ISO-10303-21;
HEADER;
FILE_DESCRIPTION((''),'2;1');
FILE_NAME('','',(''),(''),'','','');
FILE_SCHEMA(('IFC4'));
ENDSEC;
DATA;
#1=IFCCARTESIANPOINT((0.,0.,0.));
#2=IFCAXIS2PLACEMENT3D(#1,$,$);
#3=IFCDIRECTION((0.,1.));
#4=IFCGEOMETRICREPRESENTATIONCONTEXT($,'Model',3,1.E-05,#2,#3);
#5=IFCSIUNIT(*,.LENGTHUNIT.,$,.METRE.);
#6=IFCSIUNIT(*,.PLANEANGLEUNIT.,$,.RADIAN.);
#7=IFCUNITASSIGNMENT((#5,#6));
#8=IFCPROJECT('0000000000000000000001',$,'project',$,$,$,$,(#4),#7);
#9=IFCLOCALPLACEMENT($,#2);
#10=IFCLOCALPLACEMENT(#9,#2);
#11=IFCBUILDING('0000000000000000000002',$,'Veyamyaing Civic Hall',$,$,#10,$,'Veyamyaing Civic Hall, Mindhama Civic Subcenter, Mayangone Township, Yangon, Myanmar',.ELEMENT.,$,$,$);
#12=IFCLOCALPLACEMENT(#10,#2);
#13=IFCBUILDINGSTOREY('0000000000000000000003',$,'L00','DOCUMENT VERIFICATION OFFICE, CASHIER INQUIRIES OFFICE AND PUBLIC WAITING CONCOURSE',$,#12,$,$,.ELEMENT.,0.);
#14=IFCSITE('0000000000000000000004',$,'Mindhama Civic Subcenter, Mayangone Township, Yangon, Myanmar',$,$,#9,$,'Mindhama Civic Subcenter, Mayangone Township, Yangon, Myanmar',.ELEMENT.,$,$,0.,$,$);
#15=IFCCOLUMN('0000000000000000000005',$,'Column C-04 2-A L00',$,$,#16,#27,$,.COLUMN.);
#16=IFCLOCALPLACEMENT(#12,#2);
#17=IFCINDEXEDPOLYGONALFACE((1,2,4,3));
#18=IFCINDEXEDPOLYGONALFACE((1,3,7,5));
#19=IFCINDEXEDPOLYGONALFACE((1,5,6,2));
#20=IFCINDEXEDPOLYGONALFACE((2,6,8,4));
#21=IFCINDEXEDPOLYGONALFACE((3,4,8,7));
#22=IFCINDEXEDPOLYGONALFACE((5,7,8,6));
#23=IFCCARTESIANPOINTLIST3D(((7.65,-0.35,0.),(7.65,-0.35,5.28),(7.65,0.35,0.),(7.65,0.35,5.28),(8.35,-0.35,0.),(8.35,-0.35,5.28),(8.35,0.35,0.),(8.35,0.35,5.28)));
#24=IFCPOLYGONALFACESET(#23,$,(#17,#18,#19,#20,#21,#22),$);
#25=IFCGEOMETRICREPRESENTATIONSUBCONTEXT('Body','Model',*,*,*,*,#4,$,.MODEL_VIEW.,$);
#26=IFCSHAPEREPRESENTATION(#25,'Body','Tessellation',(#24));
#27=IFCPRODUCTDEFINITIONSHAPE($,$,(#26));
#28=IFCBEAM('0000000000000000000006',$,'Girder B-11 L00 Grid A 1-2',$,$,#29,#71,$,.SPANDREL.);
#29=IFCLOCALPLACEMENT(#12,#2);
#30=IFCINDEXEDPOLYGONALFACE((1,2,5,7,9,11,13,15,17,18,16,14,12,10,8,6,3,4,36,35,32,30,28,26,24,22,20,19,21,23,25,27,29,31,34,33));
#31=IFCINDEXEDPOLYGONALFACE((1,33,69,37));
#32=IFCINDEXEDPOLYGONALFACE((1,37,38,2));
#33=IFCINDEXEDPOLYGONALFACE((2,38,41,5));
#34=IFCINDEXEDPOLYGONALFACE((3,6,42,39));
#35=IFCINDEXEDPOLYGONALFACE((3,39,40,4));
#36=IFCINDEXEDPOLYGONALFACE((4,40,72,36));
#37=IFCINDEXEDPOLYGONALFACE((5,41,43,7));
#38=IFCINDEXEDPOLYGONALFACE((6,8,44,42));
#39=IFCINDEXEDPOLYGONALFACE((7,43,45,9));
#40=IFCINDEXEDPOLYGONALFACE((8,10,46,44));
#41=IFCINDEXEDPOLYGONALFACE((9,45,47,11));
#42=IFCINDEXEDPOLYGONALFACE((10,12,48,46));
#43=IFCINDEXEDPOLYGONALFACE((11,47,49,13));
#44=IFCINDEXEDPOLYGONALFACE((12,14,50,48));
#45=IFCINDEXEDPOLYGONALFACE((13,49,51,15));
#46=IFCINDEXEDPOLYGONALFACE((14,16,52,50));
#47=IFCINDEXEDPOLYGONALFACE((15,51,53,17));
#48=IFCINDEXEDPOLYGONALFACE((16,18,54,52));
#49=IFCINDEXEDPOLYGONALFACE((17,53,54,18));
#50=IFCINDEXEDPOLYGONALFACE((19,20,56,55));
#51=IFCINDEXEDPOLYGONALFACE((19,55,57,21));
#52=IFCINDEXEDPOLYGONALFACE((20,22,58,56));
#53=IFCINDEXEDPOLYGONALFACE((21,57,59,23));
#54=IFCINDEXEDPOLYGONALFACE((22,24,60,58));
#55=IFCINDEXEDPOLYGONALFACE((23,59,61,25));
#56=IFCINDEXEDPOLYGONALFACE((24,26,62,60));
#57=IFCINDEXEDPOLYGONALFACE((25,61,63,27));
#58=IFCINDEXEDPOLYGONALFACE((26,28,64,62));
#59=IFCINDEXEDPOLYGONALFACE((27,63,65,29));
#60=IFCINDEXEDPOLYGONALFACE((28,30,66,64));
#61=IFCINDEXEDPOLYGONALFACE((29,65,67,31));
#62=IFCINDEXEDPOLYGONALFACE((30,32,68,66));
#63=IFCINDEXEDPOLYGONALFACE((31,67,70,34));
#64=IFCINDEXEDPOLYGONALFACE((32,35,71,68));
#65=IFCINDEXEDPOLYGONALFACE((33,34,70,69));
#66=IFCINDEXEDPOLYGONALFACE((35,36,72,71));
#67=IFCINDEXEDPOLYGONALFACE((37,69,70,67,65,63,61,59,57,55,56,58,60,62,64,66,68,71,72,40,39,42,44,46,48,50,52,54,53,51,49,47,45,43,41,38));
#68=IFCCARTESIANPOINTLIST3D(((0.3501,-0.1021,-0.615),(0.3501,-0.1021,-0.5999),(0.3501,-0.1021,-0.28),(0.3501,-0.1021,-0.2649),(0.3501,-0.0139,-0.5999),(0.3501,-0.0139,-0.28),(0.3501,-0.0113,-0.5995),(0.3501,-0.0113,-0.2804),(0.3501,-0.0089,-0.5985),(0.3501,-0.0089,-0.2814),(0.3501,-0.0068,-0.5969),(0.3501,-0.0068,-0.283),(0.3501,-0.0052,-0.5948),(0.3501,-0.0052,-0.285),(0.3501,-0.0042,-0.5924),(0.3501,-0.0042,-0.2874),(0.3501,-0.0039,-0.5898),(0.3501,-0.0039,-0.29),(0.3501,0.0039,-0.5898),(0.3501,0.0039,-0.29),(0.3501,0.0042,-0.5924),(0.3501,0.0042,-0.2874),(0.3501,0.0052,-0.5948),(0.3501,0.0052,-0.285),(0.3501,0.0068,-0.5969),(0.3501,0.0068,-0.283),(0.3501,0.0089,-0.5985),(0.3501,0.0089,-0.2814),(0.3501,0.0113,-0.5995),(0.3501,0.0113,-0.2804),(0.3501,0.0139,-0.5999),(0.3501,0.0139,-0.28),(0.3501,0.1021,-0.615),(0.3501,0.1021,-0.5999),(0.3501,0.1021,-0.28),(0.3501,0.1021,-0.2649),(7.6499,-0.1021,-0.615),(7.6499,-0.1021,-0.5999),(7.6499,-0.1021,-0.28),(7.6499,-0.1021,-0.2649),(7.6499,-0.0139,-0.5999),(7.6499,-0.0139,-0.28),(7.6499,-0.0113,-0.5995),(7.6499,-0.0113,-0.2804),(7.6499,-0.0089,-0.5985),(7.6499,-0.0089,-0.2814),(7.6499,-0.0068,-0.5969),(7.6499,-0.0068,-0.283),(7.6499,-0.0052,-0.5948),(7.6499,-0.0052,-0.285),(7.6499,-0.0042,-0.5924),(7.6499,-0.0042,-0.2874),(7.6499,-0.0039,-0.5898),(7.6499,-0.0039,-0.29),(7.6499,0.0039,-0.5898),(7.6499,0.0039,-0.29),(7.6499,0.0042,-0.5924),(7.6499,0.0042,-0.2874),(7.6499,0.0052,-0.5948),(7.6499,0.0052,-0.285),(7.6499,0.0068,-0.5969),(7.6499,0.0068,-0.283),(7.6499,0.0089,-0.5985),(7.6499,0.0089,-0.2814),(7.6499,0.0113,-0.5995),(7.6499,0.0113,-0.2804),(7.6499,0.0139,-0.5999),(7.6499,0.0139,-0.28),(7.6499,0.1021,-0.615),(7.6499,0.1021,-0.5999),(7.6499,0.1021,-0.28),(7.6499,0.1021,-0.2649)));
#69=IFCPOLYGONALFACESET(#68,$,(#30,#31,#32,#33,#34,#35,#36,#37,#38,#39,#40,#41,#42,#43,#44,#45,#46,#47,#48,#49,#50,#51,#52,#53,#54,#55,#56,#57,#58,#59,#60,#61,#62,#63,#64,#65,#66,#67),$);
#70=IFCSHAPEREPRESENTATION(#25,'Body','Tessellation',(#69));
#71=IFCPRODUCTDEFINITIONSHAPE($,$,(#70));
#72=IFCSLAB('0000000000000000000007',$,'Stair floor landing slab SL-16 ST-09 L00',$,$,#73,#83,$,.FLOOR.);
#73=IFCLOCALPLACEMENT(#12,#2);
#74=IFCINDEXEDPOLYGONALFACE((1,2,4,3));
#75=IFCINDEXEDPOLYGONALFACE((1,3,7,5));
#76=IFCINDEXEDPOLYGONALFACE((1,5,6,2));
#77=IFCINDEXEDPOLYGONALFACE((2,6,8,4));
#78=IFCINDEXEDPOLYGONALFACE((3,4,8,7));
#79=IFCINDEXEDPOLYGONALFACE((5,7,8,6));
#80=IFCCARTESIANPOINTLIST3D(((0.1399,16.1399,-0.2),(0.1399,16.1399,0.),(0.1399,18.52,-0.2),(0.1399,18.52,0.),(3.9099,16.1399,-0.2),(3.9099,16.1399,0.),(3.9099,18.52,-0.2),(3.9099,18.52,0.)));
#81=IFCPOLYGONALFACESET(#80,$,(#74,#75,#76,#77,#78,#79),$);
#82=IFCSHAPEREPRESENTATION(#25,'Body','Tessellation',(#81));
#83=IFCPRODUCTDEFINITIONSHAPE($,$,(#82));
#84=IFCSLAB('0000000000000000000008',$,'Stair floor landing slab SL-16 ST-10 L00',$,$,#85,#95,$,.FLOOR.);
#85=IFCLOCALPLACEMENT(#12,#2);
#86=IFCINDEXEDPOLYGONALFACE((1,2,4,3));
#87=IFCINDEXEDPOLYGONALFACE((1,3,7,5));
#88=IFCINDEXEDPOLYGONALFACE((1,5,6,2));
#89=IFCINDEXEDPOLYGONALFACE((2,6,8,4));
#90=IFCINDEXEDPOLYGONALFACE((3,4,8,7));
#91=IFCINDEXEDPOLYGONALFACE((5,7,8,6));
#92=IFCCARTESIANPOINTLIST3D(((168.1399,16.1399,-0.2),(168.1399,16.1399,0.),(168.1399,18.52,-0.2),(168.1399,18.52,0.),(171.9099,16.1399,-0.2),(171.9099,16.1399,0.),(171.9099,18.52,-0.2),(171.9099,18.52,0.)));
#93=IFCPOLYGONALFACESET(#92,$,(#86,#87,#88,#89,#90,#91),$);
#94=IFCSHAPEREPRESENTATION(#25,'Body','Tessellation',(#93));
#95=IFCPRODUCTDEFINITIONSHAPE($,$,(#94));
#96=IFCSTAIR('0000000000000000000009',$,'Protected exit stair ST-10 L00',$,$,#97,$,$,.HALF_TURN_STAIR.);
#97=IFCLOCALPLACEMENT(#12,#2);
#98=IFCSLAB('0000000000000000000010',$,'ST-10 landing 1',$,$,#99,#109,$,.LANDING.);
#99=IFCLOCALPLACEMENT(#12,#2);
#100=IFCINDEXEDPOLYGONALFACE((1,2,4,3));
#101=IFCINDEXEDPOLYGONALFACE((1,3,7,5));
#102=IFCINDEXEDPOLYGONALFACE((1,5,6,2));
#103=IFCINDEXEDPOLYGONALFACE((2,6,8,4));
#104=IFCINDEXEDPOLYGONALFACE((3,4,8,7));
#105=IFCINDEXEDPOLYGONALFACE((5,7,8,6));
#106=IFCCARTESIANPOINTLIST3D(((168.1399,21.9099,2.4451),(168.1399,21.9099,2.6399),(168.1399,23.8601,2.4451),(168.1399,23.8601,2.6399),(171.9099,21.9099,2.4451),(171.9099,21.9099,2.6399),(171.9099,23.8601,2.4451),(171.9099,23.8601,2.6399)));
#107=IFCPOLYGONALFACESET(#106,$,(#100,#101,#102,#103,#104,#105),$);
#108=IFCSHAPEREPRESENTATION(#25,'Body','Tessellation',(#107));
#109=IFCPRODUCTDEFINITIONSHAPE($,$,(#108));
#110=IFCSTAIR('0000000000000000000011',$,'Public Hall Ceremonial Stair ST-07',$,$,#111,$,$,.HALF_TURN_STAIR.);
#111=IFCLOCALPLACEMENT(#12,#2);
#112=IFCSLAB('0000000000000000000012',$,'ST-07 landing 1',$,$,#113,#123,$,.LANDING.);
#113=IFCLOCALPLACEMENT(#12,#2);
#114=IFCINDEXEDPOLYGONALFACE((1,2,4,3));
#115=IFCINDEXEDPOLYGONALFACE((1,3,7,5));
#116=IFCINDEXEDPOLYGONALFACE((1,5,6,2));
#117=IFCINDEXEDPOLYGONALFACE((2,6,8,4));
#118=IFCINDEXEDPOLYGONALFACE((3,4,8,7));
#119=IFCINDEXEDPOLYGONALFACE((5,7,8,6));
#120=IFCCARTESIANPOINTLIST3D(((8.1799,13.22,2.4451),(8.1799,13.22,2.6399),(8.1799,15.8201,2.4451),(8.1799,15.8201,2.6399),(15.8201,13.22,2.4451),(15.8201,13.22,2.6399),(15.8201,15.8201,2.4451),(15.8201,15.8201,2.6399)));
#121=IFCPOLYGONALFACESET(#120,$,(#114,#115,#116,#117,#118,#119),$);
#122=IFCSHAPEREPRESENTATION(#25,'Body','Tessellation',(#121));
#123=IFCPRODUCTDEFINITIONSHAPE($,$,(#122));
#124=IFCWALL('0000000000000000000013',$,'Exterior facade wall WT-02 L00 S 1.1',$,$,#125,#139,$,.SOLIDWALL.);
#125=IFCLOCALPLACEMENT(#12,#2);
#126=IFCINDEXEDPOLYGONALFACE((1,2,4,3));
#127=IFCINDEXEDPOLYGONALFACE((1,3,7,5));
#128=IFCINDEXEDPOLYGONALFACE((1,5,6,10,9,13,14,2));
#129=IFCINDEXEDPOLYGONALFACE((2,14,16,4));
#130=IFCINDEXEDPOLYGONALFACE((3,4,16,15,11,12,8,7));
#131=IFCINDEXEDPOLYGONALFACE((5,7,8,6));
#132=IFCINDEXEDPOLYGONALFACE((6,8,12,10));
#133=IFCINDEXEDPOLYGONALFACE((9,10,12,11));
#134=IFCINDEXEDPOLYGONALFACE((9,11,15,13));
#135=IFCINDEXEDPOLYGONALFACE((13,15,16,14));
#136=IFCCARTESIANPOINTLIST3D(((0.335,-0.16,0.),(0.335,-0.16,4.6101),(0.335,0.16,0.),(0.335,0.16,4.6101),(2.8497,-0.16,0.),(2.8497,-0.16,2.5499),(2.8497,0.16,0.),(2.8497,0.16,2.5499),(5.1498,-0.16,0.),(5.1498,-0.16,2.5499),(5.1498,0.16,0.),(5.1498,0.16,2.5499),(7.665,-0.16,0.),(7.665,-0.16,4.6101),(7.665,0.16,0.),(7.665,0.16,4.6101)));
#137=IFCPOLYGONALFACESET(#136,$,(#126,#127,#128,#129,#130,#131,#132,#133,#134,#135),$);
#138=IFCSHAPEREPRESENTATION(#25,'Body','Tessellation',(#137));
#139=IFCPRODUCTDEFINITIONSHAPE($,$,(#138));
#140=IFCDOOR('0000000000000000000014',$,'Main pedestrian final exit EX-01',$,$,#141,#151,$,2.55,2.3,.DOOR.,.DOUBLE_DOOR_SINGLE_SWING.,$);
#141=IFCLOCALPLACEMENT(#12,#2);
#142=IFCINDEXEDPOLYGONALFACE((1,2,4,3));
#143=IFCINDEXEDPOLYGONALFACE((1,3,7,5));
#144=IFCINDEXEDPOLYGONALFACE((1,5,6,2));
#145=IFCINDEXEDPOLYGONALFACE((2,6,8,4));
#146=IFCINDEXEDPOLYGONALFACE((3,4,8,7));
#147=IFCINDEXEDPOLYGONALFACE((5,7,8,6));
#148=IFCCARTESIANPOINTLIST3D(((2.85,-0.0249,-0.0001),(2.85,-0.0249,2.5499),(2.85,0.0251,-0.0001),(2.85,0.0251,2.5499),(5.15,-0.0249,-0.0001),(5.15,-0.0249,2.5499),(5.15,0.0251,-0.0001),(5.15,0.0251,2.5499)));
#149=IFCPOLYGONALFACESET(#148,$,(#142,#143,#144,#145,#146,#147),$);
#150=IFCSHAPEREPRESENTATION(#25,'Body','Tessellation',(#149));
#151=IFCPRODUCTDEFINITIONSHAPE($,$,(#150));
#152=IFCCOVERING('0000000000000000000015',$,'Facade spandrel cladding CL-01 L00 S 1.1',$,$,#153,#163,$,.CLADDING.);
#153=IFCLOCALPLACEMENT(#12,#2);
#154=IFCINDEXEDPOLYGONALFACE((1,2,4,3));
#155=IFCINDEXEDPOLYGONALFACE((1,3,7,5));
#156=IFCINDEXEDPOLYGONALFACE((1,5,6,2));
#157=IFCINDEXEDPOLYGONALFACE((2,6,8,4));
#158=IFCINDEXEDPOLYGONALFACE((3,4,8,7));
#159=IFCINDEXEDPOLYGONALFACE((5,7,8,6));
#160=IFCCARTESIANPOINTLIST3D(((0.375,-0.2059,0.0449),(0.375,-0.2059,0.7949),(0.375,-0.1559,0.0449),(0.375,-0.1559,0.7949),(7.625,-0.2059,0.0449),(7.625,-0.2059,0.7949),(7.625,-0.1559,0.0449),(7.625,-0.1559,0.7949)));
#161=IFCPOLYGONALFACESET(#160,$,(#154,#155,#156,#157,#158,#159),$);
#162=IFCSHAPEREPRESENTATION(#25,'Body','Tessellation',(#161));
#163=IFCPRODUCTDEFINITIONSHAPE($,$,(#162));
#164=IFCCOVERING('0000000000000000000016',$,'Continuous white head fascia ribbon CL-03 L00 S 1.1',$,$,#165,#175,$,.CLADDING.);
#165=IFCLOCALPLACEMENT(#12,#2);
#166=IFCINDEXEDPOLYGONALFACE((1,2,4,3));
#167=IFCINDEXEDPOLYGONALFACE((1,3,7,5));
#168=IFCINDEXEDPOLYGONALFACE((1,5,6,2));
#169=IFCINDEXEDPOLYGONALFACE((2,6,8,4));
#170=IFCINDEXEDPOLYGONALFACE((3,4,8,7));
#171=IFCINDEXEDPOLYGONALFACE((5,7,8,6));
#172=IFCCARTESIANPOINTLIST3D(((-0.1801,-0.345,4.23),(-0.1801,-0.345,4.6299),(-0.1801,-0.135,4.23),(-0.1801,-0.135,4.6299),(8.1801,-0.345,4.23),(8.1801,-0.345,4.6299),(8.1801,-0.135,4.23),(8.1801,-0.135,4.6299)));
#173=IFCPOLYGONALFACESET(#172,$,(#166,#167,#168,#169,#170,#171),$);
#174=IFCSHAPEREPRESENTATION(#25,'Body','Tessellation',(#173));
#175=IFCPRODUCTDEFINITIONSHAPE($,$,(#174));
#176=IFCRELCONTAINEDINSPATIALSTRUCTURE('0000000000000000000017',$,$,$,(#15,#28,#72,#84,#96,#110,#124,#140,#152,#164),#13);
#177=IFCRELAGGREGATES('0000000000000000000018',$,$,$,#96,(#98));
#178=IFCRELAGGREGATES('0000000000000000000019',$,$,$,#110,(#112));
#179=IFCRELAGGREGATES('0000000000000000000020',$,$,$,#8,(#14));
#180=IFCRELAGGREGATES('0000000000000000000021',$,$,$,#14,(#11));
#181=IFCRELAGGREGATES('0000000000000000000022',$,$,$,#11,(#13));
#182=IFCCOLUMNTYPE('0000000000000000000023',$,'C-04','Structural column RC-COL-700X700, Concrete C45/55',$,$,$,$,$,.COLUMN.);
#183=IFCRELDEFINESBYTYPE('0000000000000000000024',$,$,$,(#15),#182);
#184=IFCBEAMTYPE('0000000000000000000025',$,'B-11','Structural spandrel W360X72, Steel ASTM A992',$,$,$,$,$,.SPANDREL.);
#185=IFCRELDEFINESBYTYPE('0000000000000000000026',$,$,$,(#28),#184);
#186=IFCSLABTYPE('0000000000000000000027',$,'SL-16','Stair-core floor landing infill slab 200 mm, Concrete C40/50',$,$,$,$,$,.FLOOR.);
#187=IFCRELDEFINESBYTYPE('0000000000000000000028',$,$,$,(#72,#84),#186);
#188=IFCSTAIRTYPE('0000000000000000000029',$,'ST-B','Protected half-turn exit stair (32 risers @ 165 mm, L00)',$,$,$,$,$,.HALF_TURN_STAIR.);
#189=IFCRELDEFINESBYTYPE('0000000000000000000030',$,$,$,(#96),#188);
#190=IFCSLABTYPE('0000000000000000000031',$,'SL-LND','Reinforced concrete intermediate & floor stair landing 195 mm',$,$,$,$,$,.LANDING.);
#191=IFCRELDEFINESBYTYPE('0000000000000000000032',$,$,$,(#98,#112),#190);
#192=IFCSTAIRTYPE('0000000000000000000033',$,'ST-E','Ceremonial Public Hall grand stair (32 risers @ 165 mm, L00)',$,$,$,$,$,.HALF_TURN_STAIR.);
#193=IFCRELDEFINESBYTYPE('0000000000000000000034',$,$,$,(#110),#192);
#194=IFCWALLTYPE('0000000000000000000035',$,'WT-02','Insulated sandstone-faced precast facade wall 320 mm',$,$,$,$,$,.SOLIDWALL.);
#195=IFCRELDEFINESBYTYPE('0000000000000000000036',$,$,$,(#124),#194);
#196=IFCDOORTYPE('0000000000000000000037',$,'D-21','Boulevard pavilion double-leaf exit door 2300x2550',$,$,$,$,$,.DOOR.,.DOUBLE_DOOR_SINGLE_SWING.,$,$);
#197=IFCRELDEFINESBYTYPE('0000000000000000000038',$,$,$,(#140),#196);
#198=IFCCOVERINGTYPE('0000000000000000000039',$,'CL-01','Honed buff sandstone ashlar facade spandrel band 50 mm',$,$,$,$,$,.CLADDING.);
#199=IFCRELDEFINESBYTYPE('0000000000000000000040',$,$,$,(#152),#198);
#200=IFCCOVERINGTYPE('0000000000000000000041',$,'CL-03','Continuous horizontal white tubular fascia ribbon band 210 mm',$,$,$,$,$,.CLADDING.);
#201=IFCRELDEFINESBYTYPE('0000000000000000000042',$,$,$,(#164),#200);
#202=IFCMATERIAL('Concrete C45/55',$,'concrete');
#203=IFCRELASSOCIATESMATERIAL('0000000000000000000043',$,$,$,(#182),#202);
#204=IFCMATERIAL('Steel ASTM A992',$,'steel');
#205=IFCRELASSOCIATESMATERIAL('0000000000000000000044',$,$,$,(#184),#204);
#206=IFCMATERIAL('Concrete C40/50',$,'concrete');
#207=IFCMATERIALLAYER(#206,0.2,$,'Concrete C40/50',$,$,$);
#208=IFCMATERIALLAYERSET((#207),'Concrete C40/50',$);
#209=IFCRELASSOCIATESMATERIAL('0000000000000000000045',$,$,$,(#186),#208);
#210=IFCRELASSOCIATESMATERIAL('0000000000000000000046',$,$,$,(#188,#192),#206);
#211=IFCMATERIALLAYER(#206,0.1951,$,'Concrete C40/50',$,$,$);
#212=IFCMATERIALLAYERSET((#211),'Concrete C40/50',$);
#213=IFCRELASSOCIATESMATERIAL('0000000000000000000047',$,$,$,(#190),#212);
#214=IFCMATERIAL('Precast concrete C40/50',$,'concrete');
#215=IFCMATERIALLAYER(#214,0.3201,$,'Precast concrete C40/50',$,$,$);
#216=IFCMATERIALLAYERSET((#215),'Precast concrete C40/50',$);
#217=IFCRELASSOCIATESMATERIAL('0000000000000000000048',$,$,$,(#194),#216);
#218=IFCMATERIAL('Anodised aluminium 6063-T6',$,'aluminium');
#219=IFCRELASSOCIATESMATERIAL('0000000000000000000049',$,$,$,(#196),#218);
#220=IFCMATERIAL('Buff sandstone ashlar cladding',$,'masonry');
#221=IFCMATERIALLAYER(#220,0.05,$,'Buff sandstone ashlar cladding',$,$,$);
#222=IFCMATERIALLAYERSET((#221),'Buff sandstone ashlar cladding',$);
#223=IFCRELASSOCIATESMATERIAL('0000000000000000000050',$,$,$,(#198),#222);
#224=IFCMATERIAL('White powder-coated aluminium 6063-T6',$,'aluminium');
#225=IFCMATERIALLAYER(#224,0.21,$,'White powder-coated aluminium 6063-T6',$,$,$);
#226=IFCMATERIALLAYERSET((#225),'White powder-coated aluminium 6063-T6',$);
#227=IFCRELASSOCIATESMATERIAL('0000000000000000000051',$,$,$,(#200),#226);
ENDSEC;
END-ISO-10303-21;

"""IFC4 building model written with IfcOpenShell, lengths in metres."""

from ifc_helpers import new_model, si_unit, direction, frame, frame_2d, origin, origin_2d, place, context, subcontext, project, spatial, polyline, rectangle, i_section, outline, extrude, material, layer, layer_set, material_profile, profile_set, type_object, element, fill, aggregate, save


model = new_model("IFC4")

# Units and contexts
model_context = context("Model", 3, precision=1e-05, world=origin(), true_north=direction((0.0, 1.0)))
body_context = subcontext(model_context, "Body", "Model", "MODEL_VIEW")
ifc_project = project(units=[si_unit("LENGTHUNIT", "METRE"), si_unit("PLANEANGLEUNIT", "RADIAN")], contexts=[model_context])

# Site, building, storey
site_placement = place(None, origin())
site = spatial("IfcSite", under=ifc_project, at=site_placement, Name="Mindhama Civic Subcenter, Mayangone Township, Yangon, Myanmar", LongName="Mindhama Civic Subcenter, Mayangone Township, Yangon, Myanmar", CompositionType="ELEMENT", RefElevation=0.0)
building_placement = place(site_placement, origin())
building = spatial("IfcBuilding", under=site, at=building_placement, Name="Veyamyaing Civic Hall", LongName="Veyamyaing Civic Hall, Mindhama Civic Subcenter, Mayangone Township, Yangon, Myanmar", CompositionType="ELEMENT")
storey_placement = place(building_placement, origin())
storey = spatial("IfcBuildingStorey", under=building, at=storey_placement, Name="L00", Description="DOCUMENT VERIFICATION OFFICE, CASHIER INQUIRIES OFFICE AND PUBLIC WAITING CONCOURSE", CompositionType="ELEMENT", Elevation=0.0)

# Column
ifc_material_1 = material(Name="Concrete C45/55", Category="concrete")
ifc_material_profile_1 = material_profile(ifc_material_1, rectangle(XDim=0.7, YDim=0.7, at=origin_2d()), Name="RC-COL-700X700")
ifc_profile_set_1 = profile_set([ifc_material_profile_1], Name="Concrete C45/55")
column_type = type_object("IfcColumnType", Name="C-04", Description="Structural column RC-COL-700X700, Concrete C45/55", PredefinedType="COLUMN", material=ifc_profile_set_1)
column_placement = place(storey_placement, frame((8.0, 0.0, 0.0), z_axis=(0.0, 0.0, 1.0), x_axis=(1.0, 0.0, 0.0)))
element("IfcColumn", 1, at=column_placement, inside=storey, type_object=column_type, Name="Column C-04 2-A L00", PredefinedType="COLUMN", context=body_context, shape_type="SweptSolid", body=[
    extrude(rectangle(XDim=0.7, YDim=0.7, at=origin_2d()), origin(), (0.0, 0.0, 1.0), 5.28),
])

# Beam
ifc_material_2 = material(Name="Steel ASTM A992", Category="steel")
ifc_material_profile_2 = material_profile(ifc_material_2, i_section(OverallWidth=0.2041, OverallDepth=0.3501, WebThickness=0.0078, FlangeThickness=0.0151, FilletRadius=0.01, at=origin_2d()), Name="W360X72")
ifc_profile_set_2 = profile_set([ifc_material_profile_2], Name="Steel ASTM A992")
beam_type = type_object("IfcBeamType", Name="B-11", Description="Structural spandrel W360X72, Steel ASTM A992", PredefinedType="SPANDREL", material=ifc_profile_set_2)
beam_placement = place(storey_placement, frame((0.3501, 0.0, -0.4399), z_axis=(1.0, 0.0, 0.0), x_axis=(0.0, 1.0, 0.0)))
element("IfcBeam", 2, at=beam_placement, inside=storey, type_object=beam_type, Name="Girder B-11 L00 Grid A 1-2", PredefinedType="SPANDREL", context=body_context, shape_type="SweptSolid", body=[
    extrude(i_section(OverallWidth=0.2041, OverallDepth=0.3501, WebThickness=0.0078, FlangeThickness=0.0151, FilletRadius=0.01, at=origin_2d()), origin(), (0.0, 0.0, 1.0), 7.2998),
])

# Slabs
ifc_material_3 = material(Name="Concrete C40/50", Category="concrete")
ifc_layer_1 = layer(ifc_material_3, 0.2, Name="Concrete C40/50")
ifc_layer_set_1 = layer_set([ifc_layer_1], Name="Concrete C40/50")
slab_type_1 = type_object("IfcSlabType", Name="SL-16", Description="Stair-core floor landing infill slab 200 mm, Concrete C40/50", PredefinedType="FLOOR", material=ifc_layer_set_1)
slab_1_placement = place(storey_placement, frame((0.0, 0.0, -0.2)))
element("IfcSlab", 3, at=slab_1_placement, inside=storey, type_object=slab_type_1, Name="Stair floor landing slab SL-16 ST-09 L00", PredefinedType="FLOOR", context=body_context, shape_type="SweptSolid", body=[
    extrude(outline(polyline([(0.1399, 16.1399), (3.9099, 16.1399), (3.9099, 18.52), (0.1399, 18.52), (0.1399, 16.1399)])), origin(), (0.0, 0.0, 1.0), 0.2),
])
slab_2_placement = place(storey_placement, frame((0.0, 0.0, -0.2)))
element("IfcSlab", 4, at=slab_2_placement, inside=storey, type_object=slab_type_1, Name="Stair floor landing slab SL-16 ST-10 L00", PredefinedType="FLOOR", context=body_context, shape_type="SweptSolid", body=[
    extrude(outline(polyline([(168.1399, 16.1399), (171.9099, 16.1399), (171.9099, 18.52), (168.1399, 18.52), (168.1399, 16.1399)])), origin(), (0.0, 0.0, 1.0), 0.2),
])

# Stairs, slabs
stair_type_1 = type_object("IfcStairType", Name="ST-B", Description="Protected half-turn exit stair (32 risers @ 165 mm, L00)", PredefinedType="HALF_TURN_STAIR", material=ifc_material_3)
stair_1_placement = place(storey_placement, origin())
stair_1 = element("IfcStair", 5, at=stair_1_placement, inside=storey, type_object=stair_type_1, Name="Protected exit stair ST-10 L00", PredefinedType="HALF_TURN_STAIR")
ifc_layer_2 = layer(ifc_material_3, 0.1951, Name="Concrete C40/50")
ifc_layer_set_2 = layer_set([ifc_layer_2], Name="Concrete C40/50")
slab_type_2 = type_object("IfcSlabType", Name="SL-LND", Description="Reinforced concrete intermediate & floor stair landing 195 mm", PredefinedType="LANDING", material=ifc_layer_set_2)
slab_3_placement = place(storey_placement, frame((0.0, 0.0, 2.4451)))
slab_3 = element("IfcSlab", 6, at=slab_3_placement, type_object=slab_type_2, Name="ST-10 landing 1", PredefinedType="LANDING", context=body_context, shape_type="SweptSolid", body=[
    extrude(outline(polyline([(168.1399, 21.9099), (171.9099, 21.9099), (171.9099, 23.8601), (168.1399, 23.8601), (168.1399, 21.9099)])), origin(), (0.0, 0.0, 1.0), 0.1948),
])
aggregate(stair_1, [slab_3])
stair_type_2 = type_object("IfcStairType", Name="ST-E", Description="Ceremonial Public Hall grand stair (32 risers @ 165 mm, L00)", PredefinedType="HALF_TURN_STAIR", material=ifc_material_3)
stair_2_placement = place(storey_placement, origin())
stair_2 = element("IfcStair", 7, at=stair_2_placement, inside=storey, type_object=stair_type_2, Name="Public Hall Ceremonial Stair ST-07", PredefinedType="HALF_TURN_STAIR")
slab_4_placement = place(storey_placement, frame((0.0, 0.0, 2.4451)))
slab_4 = element("IfcSlab", 8, at=slab_4_placement, type_object=slab_type_2, Name="ST-07 landing 1", PredefinedType="LANDING", context=body_context, shape_type="SweptSolid", body=[
    extrude(outline(polyline([(8.1799, 13.22), (15.8201, 13.22), (15.8201, 15.8201), (8.1799, 15.8201), (8.1799, 13.22)])), origin(), (0.0, 0.0, 1.0), 0.1948),
])
aggregate(stair_2, [slab_4])

# Wall, opening, door
ifc_material_4 = material(Name="Precast concrete C40/50", Category="concrete")
ifc_layer_3 = layer(ifc_material_4, 0.3201, Name="Precast concrete C40/50")
ifc_layer_set_3 = layer_set([ifc_layer_3], Name="Precast concrete C40/50")
wall_type = type_object("IfcWallType", Name="WT-02", Description="Insulated sandstone-faced precast facade wall 320 mm", PredefinedType="SOLIDWALL", material=ifc_layer_set_3)
wall_placement = place(storey_placement, frame((0.335, 0.0, 0.0), z_axis=(0.0, 0.0, 1.0), x_axis=(1.0, 0.0, 0.0)))
wall = element("IfcWall", 9, at=wall_placement, inside=storey, type_object=wall_type, Name="Exterior facade wall WT-02 L00 S 1.1", PredefinedType="SOLIDWALL", context=body_context, shape_type="SweptSolid", body=[
    extrude(rectangle(XDim=7.3301, YDim=0.3201, at=frame_2d((3.665, 0.0))), origin(), (0.0, 0.0, 1.0), 4.6101),
])
opening_placement = place(wall_placement, frame((2.5149, 0.0, 0.0)))
opening = element("IfcOpeningElement", 10, at=opening_placement, cuts=wall, PredefinedType="OPENING", context=body_context, shape_type="SweptSolid", body=[
    extrude(rectangle(XDim=2.3, YDim=2.55, at=frame_2d((1.1499, 1.2749))), frame((0.0, 0.1699, 0.0), z_axis=(0.0, -1.0, 0.0), x_axis=(1.0, 0.0, 0.0)), (0.0, 0.0, 1.0), 0.3401),
])
ifc_material_5 = material(Name="Anodised aluminium 6063-T6", Category="aluminium")
door_type = type_object("IfcDoorType", Name="D-21", Description="Boulevard pavilion double-leaf exit door 2300x2550", OperationType="DOUBLE_DOOR_SINGLE_SWING", PredefinedType="DOOR", material=ifc_material_5)
door_placement = place(opening_placement, frame((2.3, 0.0, 0.0), z_axis=(0.0, 0.0, 1.0), x_axis=(-1.0, 0.0, 0.0)))
door = element("IfcDoor", 11, at=door_placement, inside=storey, type_object=door_type, Name="Main pedestrian final exit EX-01", OperationType="DOUBLE_DOOR_SINGLE_SWING", OverallHeight=2.55, OverallWidth=2.3, PredefinedType="DOOR", context=body_context, shape_type="SweptSolid", body=[
    extrude(rectangle(XDim=2.3, YDim=2.55, at=frame_2d((1.1499, 1.2749))), frame((0.0, 0.0249, 0.0), z_axis=(0.0, -1.0, 0.0), x_axis=(1.0, 0.0, 0.0)), (0.0, 0.0, 1.0), 0.05),
])
fill(opening, door)

# Coverings
ifc_material_6 = material(Name="Buff sandstone ashlar cladding", Category="masonry")
ifc_layer_4 = layer(ifc_material_6, 0.05, Name="Buff sandstone ashlar cladding")
ifc_layer_set_4 = layer_set([ifc_layer_4], Name="Buff sandstone ashlar cladding")
covering_type_1 = type_object("IfcCoveringType", Name="CL-01", Description="Honed buff sandstone ashlar facade spandrel band 50 mm", PredefinedType="CLADDING", material=ifc_layer_set_4)
covering_1_placement = place(storey_placement, frame((4.0, -0.1809, 0.0449), z_axis=(0.0, 0.0, 1.0), x_axis=(1.0, 0.0, 0.0)))
element("IfcCovering", 12, at=covering_1_placement, inside=storey, type_object=covering_type_1, Name="Facade spandrel cladding CL-01 L00 S 1.1", PredefinedType="CLADDING", context=body_context, shape_type="SweptSolid", body=[
    extrude(rectangle(XDim=7.25, YDim=0.05, at=origin_2d()), origin(), (0.0, 0.0, 1.0), 0.75),
])
ifc_material_7 = material(Name="White powder-coated aluminium 6063-T6", Category="aluminium")
ifc_layer_5 = layer(ifc_material_7, 0.21, Name="White powder-coated aluminium 6063-T6")
ifc_layer_set_5 = layer_set([ifc_layer_5], Name="White powder-coated aluminium 6063-T6")
covering_type_2 = type_object("IfcCoveringType", Name="CL-03", Description="Continuous horizontal white tubular fascia ribbon band 210 mm", PredefinedType="CLADDING", material=ifc_layer_set_5)
covering_2_placement = place(storey_placement, frame((4.0, -0.24, 4.23), z_axis=(0.0, 0.0, 1.0), x_axis=(1.0, 0.0, 0.0)))
element("IfcCovering", 13, at=covering_2_placement, inside=storey, type_object=covering_type_2, Name="Continuous white head fascia ribbon CL-03 L00 S 1.1", PredefinedType="CLADDING", context=body_context, shape_type="SweptSolid", body=[
    extrude(rectangle(XDim=8.3601, YDim=0.21, at=origin_2d()), origin(), (0.0, 0.0, 1.0), 0.3999),
])

save(model, "model.ifc")
